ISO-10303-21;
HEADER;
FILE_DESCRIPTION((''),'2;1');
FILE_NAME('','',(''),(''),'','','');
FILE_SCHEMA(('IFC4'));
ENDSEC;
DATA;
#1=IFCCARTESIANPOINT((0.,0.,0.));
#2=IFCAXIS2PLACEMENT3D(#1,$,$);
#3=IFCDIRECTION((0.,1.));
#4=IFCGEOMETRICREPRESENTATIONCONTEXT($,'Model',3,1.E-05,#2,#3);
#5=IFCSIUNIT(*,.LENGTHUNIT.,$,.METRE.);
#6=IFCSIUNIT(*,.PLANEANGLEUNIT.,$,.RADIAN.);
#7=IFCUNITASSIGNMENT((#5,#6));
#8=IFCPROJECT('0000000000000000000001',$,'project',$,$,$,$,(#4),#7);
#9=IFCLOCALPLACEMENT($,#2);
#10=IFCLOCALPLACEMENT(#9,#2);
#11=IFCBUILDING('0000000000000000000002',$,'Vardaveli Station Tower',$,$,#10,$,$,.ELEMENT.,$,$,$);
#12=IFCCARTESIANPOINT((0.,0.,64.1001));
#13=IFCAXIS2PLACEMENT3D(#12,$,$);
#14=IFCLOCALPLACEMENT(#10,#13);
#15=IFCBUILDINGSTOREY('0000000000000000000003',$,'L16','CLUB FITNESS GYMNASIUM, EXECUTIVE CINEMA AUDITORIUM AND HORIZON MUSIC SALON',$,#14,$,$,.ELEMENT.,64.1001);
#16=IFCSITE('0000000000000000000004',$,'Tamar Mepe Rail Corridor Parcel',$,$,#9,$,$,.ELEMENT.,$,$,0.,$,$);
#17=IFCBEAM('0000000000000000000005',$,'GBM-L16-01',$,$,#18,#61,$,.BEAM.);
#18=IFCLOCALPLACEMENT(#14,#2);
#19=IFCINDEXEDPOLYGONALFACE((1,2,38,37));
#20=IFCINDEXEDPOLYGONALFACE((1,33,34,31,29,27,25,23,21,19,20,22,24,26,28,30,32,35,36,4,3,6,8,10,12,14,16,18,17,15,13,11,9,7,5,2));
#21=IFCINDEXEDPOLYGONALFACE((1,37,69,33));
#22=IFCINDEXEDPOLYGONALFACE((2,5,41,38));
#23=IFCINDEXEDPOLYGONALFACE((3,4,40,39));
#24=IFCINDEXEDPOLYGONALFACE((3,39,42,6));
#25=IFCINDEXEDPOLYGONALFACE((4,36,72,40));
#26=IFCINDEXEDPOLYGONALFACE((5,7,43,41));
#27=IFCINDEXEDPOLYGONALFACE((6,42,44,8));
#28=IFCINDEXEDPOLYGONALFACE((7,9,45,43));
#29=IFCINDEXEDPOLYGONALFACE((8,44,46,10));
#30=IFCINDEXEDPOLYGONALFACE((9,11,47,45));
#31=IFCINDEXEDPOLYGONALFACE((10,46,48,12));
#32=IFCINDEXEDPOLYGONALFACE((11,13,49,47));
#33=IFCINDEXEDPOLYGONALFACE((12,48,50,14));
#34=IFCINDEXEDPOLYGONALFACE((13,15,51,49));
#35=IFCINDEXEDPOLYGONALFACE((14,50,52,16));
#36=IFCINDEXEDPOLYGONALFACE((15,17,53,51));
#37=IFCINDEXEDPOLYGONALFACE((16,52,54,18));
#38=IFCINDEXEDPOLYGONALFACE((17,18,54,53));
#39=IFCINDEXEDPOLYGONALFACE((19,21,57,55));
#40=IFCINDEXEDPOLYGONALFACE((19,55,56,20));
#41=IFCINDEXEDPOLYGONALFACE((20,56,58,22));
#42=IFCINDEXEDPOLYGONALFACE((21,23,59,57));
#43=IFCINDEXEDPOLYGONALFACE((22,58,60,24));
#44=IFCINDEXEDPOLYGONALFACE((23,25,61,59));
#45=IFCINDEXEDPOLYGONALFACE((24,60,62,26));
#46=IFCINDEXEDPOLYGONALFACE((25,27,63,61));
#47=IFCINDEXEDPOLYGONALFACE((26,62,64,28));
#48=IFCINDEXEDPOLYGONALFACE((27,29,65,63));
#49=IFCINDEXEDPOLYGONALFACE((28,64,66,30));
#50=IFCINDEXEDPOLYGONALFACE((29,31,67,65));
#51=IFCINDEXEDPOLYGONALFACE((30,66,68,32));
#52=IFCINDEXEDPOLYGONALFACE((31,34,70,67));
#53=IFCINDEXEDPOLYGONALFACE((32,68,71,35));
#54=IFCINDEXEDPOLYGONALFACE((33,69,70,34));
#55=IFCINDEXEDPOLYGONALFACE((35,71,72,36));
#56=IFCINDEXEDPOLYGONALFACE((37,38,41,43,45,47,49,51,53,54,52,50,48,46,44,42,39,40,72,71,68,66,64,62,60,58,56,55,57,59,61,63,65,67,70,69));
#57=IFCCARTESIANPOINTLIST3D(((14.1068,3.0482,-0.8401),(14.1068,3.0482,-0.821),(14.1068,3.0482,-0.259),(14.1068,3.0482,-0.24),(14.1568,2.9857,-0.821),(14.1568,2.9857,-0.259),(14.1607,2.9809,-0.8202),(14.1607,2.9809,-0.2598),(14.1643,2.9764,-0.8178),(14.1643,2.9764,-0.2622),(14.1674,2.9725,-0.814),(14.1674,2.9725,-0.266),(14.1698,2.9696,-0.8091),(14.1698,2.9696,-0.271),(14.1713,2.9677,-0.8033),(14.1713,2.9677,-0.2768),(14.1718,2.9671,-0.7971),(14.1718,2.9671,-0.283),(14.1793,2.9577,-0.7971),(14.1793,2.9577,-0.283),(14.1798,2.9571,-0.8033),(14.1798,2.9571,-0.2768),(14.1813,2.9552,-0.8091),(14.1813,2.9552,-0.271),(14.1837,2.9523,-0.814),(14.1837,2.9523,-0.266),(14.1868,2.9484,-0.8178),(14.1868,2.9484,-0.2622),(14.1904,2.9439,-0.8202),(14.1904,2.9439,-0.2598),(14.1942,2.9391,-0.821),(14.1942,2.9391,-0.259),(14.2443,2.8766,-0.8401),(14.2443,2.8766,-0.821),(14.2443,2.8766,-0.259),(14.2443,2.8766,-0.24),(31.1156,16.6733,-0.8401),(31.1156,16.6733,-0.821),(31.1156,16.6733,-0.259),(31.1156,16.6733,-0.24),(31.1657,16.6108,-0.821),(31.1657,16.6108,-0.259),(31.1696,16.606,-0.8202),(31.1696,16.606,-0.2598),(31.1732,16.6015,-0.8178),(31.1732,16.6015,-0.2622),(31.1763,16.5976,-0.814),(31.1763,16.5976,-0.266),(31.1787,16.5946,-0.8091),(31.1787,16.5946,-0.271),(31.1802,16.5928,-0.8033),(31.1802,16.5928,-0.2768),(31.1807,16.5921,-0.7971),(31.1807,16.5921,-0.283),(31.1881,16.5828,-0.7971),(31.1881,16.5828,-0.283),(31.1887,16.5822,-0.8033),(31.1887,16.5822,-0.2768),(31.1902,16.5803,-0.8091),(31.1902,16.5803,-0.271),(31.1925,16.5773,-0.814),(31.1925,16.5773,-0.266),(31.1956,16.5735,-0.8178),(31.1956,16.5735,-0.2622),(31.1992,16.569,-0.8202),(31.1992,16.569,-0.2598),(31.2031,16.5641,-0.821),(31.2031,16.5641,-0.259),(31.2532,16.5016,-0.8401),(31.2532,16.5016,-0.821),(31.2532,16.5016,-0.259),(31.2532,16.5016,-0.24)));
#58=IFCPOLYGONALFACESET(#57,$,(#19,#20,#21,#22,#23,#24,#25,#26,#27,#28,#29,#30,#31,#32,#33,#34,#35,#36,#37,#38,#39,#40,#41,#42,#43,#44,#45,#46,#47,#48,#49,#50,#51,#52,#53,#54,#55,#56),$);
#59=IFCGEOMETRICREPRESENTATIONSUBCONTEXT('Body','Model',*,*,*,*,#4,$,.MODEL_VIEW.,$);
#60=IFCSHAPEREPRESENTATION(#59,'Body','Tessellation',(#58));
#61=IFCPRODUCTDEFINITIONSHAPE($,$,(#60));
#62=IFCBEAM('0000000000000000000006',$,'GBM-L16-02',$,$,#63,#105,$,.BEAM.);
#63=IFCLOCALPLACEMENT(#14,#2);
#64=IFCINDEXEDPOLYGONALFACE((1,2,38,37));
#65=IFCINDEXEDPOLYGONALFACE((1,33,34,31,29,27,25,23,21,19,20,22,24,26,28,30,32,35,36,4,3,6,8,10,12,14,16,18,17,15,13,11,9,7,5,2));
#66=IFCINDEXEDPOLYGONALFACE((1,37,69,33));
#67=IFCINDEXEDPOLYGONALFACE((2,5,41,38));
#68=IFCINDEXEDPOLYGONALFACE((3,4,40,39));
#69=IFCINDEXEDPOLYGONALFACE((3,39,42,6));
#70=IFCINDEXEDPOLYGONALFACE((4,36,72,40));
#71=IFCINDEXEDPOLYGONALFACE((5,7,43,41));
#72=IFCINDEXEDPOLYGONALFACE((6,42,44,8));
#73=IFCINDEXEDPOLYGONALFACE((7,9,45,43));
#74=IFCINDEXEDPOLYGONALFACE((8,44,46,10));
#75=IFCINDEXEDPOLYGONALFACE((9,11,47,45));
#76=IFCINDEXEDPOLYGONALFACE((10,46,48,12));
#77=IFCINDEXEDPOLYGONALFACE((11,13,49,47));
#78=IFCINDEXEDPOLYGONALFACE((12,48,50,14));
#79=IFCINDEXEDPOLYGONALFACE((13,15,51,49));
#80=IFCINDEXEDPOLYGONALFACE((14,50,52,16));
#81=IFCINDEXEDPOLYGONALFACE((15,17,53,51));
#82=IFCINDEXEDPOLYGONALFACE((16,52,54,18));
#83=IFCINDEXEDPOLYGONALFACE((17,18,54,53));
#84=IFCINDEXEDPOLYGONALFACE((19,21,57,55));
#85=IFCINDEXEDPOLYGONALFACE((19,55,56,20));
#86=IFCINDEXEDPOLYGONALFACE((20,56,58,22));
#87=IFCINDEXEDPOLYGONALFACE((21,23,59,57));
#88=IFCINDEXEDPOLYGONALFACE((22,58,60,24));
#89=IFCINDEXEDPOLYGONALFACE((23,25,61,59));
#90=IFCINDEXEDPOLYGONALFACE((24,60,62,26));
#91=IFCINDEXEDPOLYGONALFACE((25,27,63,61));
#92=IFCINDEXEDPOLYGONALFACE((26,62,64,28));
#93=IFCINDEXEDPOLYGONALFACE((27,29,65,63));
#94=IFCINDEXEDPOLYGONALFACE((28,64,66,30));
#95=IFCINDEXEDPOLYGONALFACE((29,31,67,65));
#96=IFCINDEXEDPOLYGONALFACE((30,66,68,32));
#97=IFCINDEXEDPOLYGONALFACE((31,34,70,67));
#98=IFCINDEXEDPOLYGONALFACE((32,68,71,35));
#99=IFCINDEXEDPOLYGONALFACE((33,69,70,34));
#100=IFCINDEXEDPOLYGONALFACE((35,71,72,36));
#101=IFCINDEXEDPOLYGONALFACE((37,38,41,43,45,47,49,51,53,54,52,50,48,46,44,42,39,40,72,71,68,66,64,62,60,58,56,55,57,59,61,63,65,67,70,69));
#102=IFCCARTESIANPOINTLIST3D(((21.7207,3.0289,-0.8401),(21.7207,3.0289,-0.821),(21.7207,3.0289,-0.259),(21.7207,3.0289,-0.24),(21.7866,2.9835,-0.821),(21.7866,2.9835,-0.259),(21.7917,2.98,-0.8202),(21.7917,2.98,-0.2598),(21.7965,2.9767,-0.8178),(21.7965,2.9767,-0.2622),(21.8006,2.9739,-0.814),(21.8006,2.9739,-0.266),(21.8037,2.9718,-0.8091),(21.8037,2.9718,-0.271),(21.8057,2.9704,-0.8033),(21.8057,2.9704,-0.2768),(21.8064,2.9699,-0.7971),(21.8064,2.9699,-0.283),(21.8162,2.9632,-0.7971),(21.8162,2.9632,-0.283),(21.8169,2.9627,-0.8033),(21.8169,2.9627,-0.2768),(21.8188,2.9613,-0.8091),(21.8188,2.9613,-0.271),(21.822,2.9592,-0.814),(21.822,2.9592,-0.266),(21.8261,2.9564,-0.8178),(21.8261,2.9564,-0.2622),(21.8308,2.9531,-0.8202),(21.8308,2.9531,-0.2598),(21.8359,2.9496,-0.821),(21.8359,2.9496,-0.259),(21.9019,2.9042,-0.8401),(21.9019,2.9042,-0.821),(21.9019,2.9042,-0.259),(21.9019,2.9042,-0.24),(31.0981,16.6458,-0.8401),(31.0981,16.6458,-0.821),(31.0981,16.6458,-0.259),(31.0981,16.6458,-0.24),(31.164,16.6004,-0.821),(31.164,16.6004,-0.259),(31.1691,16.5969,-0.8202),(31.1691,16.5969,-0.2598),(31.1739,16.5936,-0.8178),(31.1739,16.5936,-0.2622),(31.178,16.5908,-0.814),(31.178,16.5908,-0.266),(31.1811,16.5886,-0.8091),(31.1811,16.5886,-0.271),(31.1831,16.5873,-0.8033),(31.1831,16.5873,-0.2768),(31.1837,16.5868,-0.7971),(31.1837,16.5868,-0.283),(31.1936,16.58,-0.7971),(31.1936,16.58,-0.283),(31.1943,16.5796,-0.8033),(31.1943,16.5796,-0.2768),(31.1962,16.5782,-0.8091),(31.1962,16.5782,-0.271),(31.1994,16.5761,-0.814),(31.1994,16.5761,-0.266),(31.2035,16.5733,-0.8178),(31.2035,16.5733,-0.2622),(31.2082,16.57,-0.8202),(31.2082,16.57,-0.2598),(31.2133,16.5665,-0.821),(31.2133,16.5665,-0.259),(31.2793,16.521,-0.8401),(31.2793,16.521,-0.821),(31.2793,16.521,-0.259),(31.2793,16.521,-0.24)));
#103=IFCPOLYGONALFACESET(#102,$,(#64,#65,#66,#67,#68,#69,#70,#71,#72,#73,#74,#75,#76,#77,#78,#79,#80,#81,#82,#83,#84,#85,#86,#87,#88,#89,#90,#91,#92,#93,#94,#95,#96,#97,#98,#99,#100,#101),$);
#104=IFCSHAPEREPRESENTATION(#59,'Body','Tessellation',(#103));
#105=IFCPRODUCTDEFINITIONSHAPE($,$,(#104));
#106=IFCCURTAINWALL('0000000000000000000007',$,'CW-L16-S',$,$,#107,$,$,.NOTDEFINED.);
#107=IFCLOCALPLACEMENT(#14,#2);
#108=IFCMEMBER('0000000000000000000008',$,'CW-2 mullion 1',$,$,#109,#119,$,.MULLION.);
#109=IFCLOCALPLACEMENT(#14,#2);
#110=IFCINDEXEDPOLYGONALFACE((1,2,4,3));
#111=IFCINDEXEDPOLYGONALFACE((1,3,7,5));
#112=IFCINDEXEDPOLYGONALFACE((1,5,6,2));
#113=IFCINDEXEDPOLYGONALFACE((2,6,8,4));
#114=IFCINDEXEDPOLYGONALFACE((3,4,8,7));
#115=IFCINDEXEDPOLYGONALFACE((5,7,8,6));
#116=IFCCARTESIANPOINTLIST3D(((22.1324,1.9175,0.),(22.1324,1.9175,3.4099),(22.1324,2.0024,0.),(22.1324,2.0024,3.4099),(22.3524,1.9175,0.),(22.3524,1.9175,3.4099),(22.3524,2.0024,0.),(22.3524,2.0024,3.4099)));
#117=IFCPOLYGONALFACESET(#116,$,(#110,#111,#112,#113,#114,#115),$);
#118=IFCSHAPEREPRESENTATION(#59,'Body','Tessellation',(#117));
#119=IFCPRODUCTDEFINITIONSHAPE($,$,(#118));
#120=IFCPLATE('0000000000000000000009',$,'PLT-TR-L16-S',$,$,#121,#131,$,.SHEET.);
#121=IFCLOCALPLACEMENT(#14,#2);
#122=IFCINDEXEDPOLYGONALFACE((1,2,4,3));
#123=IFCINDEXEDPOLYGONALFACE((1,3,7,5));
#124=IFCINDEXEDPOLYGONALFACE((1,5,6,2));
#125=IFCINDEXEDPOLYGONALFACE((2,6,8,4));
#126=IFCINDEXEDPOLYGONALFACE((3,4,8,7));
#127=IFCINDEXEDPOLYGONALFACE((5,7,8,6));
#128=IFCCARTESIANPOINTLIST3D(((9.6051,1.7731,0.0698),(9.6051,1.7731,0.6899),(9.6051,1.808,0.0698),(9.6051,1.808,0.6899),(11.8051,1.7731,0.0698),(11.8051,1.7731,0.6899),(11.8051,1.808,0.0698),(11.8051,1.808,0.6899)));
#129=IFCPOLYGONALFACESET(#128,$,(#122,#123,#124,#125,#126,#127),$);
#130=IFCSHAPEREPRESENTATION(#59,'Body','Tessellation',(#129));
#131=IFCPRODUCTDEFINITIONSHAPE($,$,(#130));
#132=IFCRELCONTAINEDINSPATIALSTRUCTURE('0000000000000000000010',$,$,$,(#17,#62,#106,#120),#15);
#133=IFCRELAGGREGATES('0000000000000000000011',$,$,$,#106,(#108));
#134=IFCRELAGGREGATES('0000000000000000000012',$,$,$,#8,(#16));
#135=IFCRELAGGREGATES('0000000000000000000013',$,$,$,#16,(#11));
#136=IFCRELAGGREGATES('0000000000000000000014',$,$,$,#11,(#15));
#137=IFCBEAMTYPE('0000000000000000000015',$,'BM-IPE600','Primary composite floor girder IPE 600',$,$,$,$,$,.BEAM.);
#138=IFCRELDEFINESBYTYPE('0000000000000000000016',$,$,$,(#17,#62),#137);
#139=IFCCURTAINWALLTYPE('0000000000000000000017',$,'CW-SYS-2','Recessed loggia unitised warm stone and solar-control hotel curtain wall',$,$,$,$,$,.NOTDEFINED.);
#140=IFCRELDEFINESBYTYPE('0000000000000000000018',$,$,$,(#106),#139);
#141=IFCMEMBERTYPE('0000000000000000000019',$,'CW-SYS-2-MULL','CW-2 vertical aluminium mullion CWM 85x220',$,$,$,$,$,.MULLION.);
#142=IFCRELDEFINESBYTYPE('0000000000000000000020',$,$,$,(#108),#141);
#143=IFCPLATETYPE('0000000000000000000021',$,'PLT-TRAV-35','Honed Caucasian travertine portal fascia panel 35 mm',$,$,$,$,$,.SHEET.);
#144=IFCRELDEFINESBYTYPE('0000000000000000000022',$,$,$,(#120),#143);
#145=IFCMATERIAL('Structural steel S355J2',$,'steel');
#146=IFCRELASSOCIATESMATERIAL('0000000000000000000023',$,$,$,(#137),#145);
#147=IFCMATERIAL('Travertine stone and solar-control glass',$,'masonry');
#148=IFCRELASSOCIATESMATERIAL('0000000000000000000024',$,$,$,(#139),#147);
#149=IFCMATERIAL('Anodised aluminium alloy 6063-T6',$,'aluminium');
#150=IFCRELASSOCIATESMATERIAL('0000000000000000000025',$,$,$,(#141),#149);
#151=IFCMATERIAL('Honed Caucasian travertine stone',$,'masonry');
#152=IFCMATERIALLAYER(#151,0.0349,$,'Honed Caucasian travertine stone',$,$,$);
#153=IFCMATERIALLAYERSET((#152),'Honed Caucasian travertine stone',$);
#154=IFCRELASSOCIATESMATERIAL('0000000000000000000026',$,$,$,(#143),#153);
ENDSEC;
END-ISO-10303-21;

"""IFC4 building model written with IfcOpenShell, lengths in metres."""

from ifc_helpers import new_model, si_unit, direction, frame, origin, origin_2d, place, context, subcontext, project, spatial, rectangle, i_section, extrude, source, transform, mapped, material, layer, layer_set, material_profile, profile_set, type_object, element, aggregate, save


model = new_model("IFC4")

# Units and contexts
model_context = context("Model", 3, precision=1e-05, world=origin(), true_north=direction((0.0, 1.0)))
body_context = subcontext(model_context, "Body", "Model", "MODEL_VIEW")
ifc_project = project(units=[si_unit("LENGTHUNIT", "METRE"), si_unit("PLANEANGLEUNIT", "RADIAN")], contexts=[model_context])

# Site, building, storey
site_placement = place(None, origin())
site = spatial("IfcSite", under=ifc_project, at=site_placement, Name="Tamar Mepe Rail Corridor Parcel", CompositionType="ELEMENT", RefElevation=0.0)
building_placement = place(site_placement, origin())
building = spatial("IfcBuilding", under=site, at=building_placement, Name="Vardaveli Station Tower", CompositionType="ELEMENT")
storey_placement = place(building_placement, frame((0.0, 0.0, 64.1001)))
storey = spatial("IfcBuildingStorey", under=building, at=storey_placement, Name="L16", Description="CLUB FITNESS GYMNASIUM, EXECUTIVE CINEMA AUDITORIUM AND HORIZON MUSIC SALON", CompositionType="ELEMENT", Elevation=64.1001)

# Beams
ifc_material_1 = material(Name="Structural steel S355J2", Category="steel")
ifc_material_profile_1 = material_profile(ifc_material_1, i_section(OverallWidth=0.22, OverallDepth=0.6001, WebThickness=0.012, FlangeThickness=0.019, FilletRadius=0.0239, at=origin_2d()), Name="IPE 600")
ifc_profile_set_1 = profile_set([ifc_material_profile_1], Name="Structural steel S355J2")
beam_type_1 = type_object("IfcBeamType", Name="BM-IPE600", Description="Primary composite floor girder IPE 600", PredefinedType="BEAM", material=ifc_profile_set_1)
shared_shape_1 = source(origin(), body_context, "Body", "SweptSolid", [
    extrude(i_section(OverallWidth=0.22, OverallDepth=0.6001, WebThickness=0.012, FlangeThickness=0.019, FilletRadius=0.0239, at=origin_2d()), origin(), (0.0, 0.0, 1.0), 21.7932),
])
beam_1_placement = place(storey_placement, frame((14.1755, 2.9624, -0.54), z_axis=(0.780466, 0.625198, 0.0), x_axis=(-0.625198, 0.780466, 0.0)))
element("IfcBeam", 1, at=beam_1_placement, inside=storey, type_object=beam_type_1, Name="GBM-L16-01", PredefinedType="BEAM", context=body_context, shape_type="MappedRepresentation", body=[
    mapped(shared_shape_1, transform((0.0, 0.0, 0.0), scale=1.0)),
])
shared_shape_2 = source(origin(), body_context, "Body", "SweptSolid", [
    extrude(i_section(OverallWidth=0.22, OverallDepth=0.6001, WebThickness=0.012, FlangeThickness=0.019, FilletRadius=0.0239, at=origin_2d()), origin(), (0.0, 0.0, 1.0), 16.5334),
])
beam_2_placement = place(storey_placement, frame((21.8113, 2.9666, -0.54), z_axis=(0.567177, 0.823596, 0.0), x_axis=(-0.823596, 0.567177, 0.0)))
element("IfcBeam", 2, at=beam_2_placement, inside=storey, type_object=beam_type_1, Name="GBM-L16-02", PredefinedType="BEAM", context=body_context, shape_type="MappedRepresentation", body=[
    mapped(shared_shape_2, transform((0.0, 0.0, 0.0), scale=1.0)),
])

# Curtain wall, member
ifc_material_2 = material(Name="Travertine stone and solar-control glass", Category="masonry")
curtain_wall_type = type_object("IfcCurtainWallType", Name="CW-SYS-2", Description="Recessed loggia unitised warm stone and solar-control hotel curtain wall", PredefinedType="NOTDEFINED", material=ifc_material_2)
curtain_wall_placement = place(storey_placement, origin())
curtain_wall = element("IfcCurtainWall", 3, at=curtain_wall_placement, inside=storey, type_object=curtain_wall_type, Name="CW-L16-S", PredefinedType="NOTDEFINED")
ifc_material_3 = material(Name="Anodised aluminium alloy 6063-T6", Category="aluminium")
ifc_material_profile_2 = material_profile(ifc_material_3, rectangle(XDim=0.085, YDim=0.22, at=origin_2d()), Name="CWM 85x220")
ifc_profile_set_2 = profile_set([ifc_material_profile_2], Name="Anodised aluminium alloy 6063-T6")
member_type = type_object("IfcMemberType", Name="CW-SYS-2-MULL", Description="CW-2 vertical aluminium mullion CWM 85x220", PredefinedType="MULLION", material=ifc_profile_set_2)
shared_shape_3 = source(origin(), body_context, "Body", "SweptSolid", [
    extrude(rectangle(XDim=0.085, YDim=0.22, at=origin_2d()), origin(), (0.0, 0.0, 1.0), 3.4099),
])
member_placement = place(storey_placement, frame((22.2424, 1.96, 0.0), z_axis=(0.0, 0.0, 1.0), x_axis=(0.0, 1.0, 0.0)))
member = element("IfcMember", 4, at=member_placement, type_object=member_type, Name="CW-2 mullion 1", PredefinedType="MULLION", context=body_context, shape_type="MappedRepresentation", body=[
    mapped(shared_shape_3, transform((0.0, 0.0, 0.0), scale=1.0)),
])
aggregate(curtain_wall, [member])

# Plate
ifc_material_4 = material(Name="Honed Caucasian travertine stone", Category="masonry")
ifc_layer_1 = layer(ifc_material_4, 0.0349, Name="Honed Caucasian travertine stone")
ifc_layer_set_1 = layer_set([ifc_layer_1], Name="Honed Caucasian travertine stone")
plate_type = type_object("IfcPlateType", Name="PLT-TRAV-35", Description="Honed Caucasian travertine portal fascia panel 35 mm", PredefinedType="SHEET", material=ifc_layer_set_1)
shared_shape_4 = source(origin(), body_context, "Body", "SweptSolid", [
    extrude(rectangle(XDim=2.2, YDim=0.0349, at=origin_2d()), origin(), (0.0, 0.0, 1.0), 0.6201),
])
plate_placement = place(storey_placement, frame((10.7051, 1.7905, 0.0698), z_axis=(0.0, 0.0, 1.0), x_axis=(1.0, 0.0, 0.0)))
element("IfcPlate", 5, at=plate_placement, inside=storey, type_object=plate_type, Name="PLT-TR-L16-S", PredefinedType="SHEET", context=body_context, shape_type="MappedRepresentation", body=[
    mapped(shared_shape_4, transform((0.0, 0.0, 0.0), scale=1.0)),
])

save(model, "model.ifc")
